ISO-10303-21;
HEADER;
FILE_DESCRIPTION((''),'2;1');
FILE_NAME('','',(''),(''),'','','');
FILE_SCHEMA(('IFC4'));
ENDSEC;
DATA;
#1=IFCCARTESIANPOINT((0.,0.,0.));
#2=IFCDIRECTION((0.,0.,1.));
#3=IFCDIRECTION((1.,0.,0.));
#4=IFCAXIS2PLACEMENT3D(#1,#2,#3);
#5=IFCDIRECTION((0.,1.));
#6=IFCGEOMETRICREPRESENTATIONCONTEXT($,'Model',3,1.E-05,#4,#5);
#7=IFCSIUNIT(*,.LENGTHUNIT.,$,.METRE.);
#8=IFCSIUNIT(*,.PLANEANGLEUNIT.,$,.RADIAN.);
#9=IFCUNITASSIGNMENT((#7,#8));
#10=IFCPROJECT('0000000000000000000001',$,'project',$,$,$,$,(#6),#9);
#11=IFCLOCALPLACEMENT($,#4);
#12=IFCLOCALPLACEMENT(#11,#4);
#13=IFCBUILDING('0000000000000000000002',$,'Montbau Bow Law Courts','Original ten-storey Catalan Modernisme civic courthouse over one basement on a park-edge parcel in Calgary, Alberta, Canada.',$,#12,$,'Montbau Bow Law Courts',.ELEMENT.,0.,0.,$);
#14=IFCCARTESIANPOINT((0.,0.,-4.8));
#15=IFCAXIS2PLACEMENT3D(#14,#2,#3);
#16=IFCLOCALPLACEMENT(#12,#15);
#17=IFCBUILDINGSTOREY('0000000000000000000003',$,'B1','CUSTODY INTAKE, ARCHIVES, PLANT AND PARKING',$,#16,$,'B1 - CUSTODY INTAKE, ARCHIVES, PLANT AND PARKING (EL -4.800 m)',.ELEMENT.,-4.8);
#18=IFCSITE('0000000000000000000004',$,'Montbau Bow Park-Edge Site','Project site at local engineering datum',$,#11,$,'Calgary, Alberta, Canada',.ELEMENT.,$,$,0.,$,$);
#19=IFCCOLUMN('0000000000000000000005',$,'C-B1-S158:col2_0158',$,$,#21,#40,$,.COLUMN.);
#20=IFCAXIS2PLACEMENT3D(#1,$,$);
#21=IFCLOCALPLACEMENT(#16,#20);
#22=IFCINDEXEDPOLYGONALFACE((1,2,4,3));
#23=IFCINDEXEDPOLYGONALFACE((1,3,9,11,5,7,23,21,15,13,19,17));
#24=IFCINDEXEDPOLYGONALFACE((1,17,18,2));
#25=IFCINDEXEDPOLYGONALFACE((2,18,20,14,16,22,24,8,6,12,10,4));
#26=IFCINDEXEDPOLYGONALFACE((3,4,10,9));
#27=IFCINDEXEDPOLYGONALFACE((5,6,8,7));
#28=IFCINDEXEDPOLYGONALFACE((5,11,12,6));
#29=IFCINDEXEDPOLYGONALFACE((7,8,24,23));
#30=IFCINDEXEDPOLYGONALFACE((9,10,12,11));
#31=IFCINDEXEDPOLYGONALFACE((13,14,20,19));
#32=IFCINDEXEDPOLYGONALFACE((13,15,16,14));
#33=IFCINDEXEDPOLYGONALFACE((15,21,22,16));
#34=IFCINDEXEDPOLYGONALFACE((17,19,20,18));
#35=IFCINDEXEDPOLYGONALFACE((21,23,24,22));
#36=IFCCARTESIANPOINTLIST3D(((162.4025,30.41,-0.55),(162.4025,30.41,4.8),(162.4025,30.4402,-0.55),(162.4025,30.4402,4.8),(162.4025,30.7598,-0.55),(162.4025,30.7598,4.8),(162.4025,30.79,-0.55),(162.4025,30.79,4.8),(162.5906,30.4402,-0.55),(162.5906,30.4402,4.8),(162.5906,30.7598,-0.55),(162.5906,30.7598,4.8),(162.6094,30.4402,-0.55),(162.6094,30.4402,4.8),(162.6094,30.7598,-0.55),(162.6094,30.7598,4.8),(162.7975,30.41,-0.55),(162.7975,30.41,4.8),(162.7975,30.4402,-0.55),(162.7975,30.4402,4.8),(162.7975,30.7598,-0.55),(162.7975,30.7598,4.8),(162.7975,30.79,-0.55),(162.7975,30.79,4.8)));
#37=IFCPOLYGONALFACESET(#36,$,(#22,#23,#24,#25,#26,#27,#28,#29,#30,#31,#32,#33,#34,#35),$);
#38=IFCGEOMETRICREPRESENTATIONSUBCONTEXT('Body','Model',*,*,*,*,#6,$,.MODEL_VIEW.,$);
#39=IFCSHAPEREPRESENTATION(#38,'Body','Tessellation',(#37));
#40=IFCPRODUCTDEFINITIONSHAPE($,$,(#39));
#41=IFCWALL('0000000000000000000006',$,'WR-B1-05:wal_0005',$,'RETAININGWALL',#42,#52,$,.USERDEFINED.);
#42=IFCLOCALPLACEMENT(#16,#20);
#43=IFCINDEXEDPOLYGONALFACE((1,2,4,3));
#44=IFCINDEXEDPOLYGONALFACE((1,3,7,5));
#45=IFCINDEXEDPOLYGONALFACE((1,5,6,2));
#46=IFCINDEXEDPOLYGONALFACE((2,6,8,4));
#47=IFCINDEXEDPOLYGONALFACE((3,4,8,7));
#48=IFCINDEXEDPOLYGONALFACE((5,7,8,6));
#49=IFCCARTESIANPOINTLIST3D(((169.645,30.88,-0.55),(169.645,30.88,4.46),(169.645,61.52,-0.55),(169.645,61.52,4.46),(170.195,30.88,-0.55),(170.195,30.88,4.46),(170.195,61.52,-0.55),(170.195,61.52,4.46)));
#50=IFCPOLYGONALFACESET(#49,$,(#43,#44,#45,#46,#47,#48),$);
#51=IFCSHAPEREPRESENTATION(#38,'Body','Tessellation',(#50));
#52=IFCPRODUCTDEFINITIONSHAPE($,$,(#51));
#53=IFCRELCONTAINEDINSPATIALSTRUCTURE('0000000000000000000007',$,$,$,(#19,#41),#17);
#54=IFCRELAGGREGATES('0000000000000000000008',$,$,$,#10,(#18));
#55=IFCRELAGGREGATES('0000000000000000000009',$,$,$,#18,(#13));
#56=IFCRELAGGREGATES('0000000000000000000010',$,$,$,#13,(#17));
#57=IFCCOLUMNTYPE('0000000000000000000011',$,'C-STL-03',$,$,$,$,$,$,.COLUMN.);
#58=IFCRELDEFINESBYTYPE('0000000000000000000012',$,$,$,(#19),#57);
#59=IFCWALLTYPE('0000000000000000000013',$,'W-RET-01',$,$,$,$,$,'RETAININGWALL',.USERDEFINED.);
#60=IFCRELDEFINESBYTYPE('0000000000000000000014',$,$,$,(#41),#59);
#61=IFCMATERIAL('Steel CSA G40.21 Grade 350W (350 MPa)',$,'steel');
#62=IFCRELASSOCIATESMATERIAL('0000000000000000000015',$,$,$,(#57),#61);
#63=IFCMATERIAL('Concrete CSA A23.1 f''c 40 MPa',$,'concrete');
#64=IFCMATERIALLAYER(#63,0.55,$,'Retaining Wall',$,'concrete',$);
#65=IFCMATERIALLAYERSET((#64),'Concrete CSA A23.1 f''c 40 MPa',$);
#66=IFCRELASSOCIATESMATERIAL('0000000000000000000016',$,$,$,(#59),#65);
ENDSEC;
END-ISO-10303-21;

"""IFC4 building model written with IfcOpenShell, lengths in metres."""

from ifc_helpers import new_model, si_unit, direction, frame, frame_2d, origin_with_axes, origin_2d_with_axis, place, context, subcontext, project, spatial, rectangle, i_section, extrude, material, layer, layer_set, material_profile, profile_set, type_object, element, save


model = new_model("IFC4")

# Units and contexts
model_context = context("Model", 3, precision=1e-05, world=origin_with_axes(), true_north=direction((0.0, 1.0)))
body_context = subcontext(model_context, "Body", "Model", "MODEL_VIEW")
ifc_project = project(units=[si_unit("LENGTHUNIT", "METRE"), si_unit("PLANEANGLEUNIT", "RADIAN")], contexts=[model_context])

# Site, building, storey
site_placement = place(None, origin_with_axes())
site = spatial("IfcSite", under=ifc_project, at=site_placement, Name="Montbau Bow Park-Edge Site", Description="Project site at local engineering datum", LongName="Calgary, Alberta, Canada", CompositionType="ELEMENT", RefElevation=0.0)
building_placement = place(site_placement, origin_with_axes())
building = spatial("IfcBuilding", under=site, at=building_placement, Name="Montbau Bow Law Courts", Description="Original ten-storey Catalan Modernisme civic courthouse over one basement on a park-edge parcel in Calgary, Alberta, Canada.", LongName="Montbau Bow Law Courts", CompositionType="ELEMENT", ElevationOfRefHeight=0.0, ElevationOfTerrain=0.0)
storey_placement = place(building_placement, frame((0.0, 0.0, -4.8), z_axis=(0.0, 0.0, 1.0), x_axis=(1.0, 0.0, 0.0)))
storey = spatial("IfcBuildingStorey", under=building, at=storey_placement, Name="B1", Description="CUSTODY INTAKE, ARCHIVES, PLANT AND PARKING", LongName="B1 - CUSTODY INTAKE, ARCHIVES, PLANT AND PARKING (EL -4.800 m)", CompositionType="ELEMENT", Elevation=-4.8)

# Column
ifc_material_1 = material(Name="Concrete CSA A23.1 f'c 40 MPa", Category="concrete")
ifc_material_2 = material(Name="Steel CSA G40.21 Grade 350W (350 MPa)", Category="steel")
ifc_material_profile_1 = material_profile(ifc_material_2, i_section(OverallWidth=0.395, OverallDepth=0.38, WebThickness=0.0189, FlangeThickness=0.0302, at=origin_2d_with_axis()), Name="W360X237", Category="Main", Priority=0)
ifc_profile_set_1 = profile_set([ifc_material_profile_1], Name="Steel CSA G40.21 Grade 350W (350 MPa)")
column_type_1 = type_object("IfcColumnType", Name="C-STL-03", PredefinedType="COLUMN", material=ifc_profile_set_1)
column_1_placement = place(None, frame((162.6, 30.6, -5.35), z_axis=(0.0, 0.0, 1.0), x_axis=(1.0, 0.0, 0.0)))
element("IfcColumn", 1, at=column_1_placement, inside=storey, type_object=column_type_1, Name="C-B1-S158:col2_0158", PredefinedType="COLUMN", context=body_context, shape_type="SweptSolid", body=[
    extrude(i_section(OverallWidth=0.395, OverallDepth=0.38, WebThickness=0.0189, FlangeThickness=0.0302, at=origin_2d_with_axis()), origin_with_axes(), (0.0, 0.0, 1.0), 5.35),
])

# Wall
ifc_layer = layer(ifc_material_1, 0.55, Name="Retaining Wall", Category="concrete")
ifc_layer_set = layer_set([ifc_layer], Name="Concrete CSA A23.1 f'c 40 MPa")
wall_type = type_object("IfcWallType", Name="W-RET-01", ElementType="RETAININGWALL", PredefinedType="USERDEFINED", material=ifc_layer_set)
wall_placement = place(None, frame((169.92, 30.88, -5.35), z_axis=(0.0, 0.0, 1.0), x_axis=(0.0, 1.0, 0.0)))
element("IfcWall", 2, at=wall_placement, inside=storey, type_object=wall_type, Name="WR-B1-05:wal_0005", ObjectType="RETAININGWALL", PredefinedType="USERDEFINED", context=body_context, shape_type="SweptSolid", body=[
    extrude(rectangle(XDim=30.64, YDim=0.55, at=frame_2d((15.32, 0.0), x_axis=(1.0, 0.0))), origin_with_axes(), (0.0, 0.0, 1.0), 5.01),
])

save(model, "model.ifc")
